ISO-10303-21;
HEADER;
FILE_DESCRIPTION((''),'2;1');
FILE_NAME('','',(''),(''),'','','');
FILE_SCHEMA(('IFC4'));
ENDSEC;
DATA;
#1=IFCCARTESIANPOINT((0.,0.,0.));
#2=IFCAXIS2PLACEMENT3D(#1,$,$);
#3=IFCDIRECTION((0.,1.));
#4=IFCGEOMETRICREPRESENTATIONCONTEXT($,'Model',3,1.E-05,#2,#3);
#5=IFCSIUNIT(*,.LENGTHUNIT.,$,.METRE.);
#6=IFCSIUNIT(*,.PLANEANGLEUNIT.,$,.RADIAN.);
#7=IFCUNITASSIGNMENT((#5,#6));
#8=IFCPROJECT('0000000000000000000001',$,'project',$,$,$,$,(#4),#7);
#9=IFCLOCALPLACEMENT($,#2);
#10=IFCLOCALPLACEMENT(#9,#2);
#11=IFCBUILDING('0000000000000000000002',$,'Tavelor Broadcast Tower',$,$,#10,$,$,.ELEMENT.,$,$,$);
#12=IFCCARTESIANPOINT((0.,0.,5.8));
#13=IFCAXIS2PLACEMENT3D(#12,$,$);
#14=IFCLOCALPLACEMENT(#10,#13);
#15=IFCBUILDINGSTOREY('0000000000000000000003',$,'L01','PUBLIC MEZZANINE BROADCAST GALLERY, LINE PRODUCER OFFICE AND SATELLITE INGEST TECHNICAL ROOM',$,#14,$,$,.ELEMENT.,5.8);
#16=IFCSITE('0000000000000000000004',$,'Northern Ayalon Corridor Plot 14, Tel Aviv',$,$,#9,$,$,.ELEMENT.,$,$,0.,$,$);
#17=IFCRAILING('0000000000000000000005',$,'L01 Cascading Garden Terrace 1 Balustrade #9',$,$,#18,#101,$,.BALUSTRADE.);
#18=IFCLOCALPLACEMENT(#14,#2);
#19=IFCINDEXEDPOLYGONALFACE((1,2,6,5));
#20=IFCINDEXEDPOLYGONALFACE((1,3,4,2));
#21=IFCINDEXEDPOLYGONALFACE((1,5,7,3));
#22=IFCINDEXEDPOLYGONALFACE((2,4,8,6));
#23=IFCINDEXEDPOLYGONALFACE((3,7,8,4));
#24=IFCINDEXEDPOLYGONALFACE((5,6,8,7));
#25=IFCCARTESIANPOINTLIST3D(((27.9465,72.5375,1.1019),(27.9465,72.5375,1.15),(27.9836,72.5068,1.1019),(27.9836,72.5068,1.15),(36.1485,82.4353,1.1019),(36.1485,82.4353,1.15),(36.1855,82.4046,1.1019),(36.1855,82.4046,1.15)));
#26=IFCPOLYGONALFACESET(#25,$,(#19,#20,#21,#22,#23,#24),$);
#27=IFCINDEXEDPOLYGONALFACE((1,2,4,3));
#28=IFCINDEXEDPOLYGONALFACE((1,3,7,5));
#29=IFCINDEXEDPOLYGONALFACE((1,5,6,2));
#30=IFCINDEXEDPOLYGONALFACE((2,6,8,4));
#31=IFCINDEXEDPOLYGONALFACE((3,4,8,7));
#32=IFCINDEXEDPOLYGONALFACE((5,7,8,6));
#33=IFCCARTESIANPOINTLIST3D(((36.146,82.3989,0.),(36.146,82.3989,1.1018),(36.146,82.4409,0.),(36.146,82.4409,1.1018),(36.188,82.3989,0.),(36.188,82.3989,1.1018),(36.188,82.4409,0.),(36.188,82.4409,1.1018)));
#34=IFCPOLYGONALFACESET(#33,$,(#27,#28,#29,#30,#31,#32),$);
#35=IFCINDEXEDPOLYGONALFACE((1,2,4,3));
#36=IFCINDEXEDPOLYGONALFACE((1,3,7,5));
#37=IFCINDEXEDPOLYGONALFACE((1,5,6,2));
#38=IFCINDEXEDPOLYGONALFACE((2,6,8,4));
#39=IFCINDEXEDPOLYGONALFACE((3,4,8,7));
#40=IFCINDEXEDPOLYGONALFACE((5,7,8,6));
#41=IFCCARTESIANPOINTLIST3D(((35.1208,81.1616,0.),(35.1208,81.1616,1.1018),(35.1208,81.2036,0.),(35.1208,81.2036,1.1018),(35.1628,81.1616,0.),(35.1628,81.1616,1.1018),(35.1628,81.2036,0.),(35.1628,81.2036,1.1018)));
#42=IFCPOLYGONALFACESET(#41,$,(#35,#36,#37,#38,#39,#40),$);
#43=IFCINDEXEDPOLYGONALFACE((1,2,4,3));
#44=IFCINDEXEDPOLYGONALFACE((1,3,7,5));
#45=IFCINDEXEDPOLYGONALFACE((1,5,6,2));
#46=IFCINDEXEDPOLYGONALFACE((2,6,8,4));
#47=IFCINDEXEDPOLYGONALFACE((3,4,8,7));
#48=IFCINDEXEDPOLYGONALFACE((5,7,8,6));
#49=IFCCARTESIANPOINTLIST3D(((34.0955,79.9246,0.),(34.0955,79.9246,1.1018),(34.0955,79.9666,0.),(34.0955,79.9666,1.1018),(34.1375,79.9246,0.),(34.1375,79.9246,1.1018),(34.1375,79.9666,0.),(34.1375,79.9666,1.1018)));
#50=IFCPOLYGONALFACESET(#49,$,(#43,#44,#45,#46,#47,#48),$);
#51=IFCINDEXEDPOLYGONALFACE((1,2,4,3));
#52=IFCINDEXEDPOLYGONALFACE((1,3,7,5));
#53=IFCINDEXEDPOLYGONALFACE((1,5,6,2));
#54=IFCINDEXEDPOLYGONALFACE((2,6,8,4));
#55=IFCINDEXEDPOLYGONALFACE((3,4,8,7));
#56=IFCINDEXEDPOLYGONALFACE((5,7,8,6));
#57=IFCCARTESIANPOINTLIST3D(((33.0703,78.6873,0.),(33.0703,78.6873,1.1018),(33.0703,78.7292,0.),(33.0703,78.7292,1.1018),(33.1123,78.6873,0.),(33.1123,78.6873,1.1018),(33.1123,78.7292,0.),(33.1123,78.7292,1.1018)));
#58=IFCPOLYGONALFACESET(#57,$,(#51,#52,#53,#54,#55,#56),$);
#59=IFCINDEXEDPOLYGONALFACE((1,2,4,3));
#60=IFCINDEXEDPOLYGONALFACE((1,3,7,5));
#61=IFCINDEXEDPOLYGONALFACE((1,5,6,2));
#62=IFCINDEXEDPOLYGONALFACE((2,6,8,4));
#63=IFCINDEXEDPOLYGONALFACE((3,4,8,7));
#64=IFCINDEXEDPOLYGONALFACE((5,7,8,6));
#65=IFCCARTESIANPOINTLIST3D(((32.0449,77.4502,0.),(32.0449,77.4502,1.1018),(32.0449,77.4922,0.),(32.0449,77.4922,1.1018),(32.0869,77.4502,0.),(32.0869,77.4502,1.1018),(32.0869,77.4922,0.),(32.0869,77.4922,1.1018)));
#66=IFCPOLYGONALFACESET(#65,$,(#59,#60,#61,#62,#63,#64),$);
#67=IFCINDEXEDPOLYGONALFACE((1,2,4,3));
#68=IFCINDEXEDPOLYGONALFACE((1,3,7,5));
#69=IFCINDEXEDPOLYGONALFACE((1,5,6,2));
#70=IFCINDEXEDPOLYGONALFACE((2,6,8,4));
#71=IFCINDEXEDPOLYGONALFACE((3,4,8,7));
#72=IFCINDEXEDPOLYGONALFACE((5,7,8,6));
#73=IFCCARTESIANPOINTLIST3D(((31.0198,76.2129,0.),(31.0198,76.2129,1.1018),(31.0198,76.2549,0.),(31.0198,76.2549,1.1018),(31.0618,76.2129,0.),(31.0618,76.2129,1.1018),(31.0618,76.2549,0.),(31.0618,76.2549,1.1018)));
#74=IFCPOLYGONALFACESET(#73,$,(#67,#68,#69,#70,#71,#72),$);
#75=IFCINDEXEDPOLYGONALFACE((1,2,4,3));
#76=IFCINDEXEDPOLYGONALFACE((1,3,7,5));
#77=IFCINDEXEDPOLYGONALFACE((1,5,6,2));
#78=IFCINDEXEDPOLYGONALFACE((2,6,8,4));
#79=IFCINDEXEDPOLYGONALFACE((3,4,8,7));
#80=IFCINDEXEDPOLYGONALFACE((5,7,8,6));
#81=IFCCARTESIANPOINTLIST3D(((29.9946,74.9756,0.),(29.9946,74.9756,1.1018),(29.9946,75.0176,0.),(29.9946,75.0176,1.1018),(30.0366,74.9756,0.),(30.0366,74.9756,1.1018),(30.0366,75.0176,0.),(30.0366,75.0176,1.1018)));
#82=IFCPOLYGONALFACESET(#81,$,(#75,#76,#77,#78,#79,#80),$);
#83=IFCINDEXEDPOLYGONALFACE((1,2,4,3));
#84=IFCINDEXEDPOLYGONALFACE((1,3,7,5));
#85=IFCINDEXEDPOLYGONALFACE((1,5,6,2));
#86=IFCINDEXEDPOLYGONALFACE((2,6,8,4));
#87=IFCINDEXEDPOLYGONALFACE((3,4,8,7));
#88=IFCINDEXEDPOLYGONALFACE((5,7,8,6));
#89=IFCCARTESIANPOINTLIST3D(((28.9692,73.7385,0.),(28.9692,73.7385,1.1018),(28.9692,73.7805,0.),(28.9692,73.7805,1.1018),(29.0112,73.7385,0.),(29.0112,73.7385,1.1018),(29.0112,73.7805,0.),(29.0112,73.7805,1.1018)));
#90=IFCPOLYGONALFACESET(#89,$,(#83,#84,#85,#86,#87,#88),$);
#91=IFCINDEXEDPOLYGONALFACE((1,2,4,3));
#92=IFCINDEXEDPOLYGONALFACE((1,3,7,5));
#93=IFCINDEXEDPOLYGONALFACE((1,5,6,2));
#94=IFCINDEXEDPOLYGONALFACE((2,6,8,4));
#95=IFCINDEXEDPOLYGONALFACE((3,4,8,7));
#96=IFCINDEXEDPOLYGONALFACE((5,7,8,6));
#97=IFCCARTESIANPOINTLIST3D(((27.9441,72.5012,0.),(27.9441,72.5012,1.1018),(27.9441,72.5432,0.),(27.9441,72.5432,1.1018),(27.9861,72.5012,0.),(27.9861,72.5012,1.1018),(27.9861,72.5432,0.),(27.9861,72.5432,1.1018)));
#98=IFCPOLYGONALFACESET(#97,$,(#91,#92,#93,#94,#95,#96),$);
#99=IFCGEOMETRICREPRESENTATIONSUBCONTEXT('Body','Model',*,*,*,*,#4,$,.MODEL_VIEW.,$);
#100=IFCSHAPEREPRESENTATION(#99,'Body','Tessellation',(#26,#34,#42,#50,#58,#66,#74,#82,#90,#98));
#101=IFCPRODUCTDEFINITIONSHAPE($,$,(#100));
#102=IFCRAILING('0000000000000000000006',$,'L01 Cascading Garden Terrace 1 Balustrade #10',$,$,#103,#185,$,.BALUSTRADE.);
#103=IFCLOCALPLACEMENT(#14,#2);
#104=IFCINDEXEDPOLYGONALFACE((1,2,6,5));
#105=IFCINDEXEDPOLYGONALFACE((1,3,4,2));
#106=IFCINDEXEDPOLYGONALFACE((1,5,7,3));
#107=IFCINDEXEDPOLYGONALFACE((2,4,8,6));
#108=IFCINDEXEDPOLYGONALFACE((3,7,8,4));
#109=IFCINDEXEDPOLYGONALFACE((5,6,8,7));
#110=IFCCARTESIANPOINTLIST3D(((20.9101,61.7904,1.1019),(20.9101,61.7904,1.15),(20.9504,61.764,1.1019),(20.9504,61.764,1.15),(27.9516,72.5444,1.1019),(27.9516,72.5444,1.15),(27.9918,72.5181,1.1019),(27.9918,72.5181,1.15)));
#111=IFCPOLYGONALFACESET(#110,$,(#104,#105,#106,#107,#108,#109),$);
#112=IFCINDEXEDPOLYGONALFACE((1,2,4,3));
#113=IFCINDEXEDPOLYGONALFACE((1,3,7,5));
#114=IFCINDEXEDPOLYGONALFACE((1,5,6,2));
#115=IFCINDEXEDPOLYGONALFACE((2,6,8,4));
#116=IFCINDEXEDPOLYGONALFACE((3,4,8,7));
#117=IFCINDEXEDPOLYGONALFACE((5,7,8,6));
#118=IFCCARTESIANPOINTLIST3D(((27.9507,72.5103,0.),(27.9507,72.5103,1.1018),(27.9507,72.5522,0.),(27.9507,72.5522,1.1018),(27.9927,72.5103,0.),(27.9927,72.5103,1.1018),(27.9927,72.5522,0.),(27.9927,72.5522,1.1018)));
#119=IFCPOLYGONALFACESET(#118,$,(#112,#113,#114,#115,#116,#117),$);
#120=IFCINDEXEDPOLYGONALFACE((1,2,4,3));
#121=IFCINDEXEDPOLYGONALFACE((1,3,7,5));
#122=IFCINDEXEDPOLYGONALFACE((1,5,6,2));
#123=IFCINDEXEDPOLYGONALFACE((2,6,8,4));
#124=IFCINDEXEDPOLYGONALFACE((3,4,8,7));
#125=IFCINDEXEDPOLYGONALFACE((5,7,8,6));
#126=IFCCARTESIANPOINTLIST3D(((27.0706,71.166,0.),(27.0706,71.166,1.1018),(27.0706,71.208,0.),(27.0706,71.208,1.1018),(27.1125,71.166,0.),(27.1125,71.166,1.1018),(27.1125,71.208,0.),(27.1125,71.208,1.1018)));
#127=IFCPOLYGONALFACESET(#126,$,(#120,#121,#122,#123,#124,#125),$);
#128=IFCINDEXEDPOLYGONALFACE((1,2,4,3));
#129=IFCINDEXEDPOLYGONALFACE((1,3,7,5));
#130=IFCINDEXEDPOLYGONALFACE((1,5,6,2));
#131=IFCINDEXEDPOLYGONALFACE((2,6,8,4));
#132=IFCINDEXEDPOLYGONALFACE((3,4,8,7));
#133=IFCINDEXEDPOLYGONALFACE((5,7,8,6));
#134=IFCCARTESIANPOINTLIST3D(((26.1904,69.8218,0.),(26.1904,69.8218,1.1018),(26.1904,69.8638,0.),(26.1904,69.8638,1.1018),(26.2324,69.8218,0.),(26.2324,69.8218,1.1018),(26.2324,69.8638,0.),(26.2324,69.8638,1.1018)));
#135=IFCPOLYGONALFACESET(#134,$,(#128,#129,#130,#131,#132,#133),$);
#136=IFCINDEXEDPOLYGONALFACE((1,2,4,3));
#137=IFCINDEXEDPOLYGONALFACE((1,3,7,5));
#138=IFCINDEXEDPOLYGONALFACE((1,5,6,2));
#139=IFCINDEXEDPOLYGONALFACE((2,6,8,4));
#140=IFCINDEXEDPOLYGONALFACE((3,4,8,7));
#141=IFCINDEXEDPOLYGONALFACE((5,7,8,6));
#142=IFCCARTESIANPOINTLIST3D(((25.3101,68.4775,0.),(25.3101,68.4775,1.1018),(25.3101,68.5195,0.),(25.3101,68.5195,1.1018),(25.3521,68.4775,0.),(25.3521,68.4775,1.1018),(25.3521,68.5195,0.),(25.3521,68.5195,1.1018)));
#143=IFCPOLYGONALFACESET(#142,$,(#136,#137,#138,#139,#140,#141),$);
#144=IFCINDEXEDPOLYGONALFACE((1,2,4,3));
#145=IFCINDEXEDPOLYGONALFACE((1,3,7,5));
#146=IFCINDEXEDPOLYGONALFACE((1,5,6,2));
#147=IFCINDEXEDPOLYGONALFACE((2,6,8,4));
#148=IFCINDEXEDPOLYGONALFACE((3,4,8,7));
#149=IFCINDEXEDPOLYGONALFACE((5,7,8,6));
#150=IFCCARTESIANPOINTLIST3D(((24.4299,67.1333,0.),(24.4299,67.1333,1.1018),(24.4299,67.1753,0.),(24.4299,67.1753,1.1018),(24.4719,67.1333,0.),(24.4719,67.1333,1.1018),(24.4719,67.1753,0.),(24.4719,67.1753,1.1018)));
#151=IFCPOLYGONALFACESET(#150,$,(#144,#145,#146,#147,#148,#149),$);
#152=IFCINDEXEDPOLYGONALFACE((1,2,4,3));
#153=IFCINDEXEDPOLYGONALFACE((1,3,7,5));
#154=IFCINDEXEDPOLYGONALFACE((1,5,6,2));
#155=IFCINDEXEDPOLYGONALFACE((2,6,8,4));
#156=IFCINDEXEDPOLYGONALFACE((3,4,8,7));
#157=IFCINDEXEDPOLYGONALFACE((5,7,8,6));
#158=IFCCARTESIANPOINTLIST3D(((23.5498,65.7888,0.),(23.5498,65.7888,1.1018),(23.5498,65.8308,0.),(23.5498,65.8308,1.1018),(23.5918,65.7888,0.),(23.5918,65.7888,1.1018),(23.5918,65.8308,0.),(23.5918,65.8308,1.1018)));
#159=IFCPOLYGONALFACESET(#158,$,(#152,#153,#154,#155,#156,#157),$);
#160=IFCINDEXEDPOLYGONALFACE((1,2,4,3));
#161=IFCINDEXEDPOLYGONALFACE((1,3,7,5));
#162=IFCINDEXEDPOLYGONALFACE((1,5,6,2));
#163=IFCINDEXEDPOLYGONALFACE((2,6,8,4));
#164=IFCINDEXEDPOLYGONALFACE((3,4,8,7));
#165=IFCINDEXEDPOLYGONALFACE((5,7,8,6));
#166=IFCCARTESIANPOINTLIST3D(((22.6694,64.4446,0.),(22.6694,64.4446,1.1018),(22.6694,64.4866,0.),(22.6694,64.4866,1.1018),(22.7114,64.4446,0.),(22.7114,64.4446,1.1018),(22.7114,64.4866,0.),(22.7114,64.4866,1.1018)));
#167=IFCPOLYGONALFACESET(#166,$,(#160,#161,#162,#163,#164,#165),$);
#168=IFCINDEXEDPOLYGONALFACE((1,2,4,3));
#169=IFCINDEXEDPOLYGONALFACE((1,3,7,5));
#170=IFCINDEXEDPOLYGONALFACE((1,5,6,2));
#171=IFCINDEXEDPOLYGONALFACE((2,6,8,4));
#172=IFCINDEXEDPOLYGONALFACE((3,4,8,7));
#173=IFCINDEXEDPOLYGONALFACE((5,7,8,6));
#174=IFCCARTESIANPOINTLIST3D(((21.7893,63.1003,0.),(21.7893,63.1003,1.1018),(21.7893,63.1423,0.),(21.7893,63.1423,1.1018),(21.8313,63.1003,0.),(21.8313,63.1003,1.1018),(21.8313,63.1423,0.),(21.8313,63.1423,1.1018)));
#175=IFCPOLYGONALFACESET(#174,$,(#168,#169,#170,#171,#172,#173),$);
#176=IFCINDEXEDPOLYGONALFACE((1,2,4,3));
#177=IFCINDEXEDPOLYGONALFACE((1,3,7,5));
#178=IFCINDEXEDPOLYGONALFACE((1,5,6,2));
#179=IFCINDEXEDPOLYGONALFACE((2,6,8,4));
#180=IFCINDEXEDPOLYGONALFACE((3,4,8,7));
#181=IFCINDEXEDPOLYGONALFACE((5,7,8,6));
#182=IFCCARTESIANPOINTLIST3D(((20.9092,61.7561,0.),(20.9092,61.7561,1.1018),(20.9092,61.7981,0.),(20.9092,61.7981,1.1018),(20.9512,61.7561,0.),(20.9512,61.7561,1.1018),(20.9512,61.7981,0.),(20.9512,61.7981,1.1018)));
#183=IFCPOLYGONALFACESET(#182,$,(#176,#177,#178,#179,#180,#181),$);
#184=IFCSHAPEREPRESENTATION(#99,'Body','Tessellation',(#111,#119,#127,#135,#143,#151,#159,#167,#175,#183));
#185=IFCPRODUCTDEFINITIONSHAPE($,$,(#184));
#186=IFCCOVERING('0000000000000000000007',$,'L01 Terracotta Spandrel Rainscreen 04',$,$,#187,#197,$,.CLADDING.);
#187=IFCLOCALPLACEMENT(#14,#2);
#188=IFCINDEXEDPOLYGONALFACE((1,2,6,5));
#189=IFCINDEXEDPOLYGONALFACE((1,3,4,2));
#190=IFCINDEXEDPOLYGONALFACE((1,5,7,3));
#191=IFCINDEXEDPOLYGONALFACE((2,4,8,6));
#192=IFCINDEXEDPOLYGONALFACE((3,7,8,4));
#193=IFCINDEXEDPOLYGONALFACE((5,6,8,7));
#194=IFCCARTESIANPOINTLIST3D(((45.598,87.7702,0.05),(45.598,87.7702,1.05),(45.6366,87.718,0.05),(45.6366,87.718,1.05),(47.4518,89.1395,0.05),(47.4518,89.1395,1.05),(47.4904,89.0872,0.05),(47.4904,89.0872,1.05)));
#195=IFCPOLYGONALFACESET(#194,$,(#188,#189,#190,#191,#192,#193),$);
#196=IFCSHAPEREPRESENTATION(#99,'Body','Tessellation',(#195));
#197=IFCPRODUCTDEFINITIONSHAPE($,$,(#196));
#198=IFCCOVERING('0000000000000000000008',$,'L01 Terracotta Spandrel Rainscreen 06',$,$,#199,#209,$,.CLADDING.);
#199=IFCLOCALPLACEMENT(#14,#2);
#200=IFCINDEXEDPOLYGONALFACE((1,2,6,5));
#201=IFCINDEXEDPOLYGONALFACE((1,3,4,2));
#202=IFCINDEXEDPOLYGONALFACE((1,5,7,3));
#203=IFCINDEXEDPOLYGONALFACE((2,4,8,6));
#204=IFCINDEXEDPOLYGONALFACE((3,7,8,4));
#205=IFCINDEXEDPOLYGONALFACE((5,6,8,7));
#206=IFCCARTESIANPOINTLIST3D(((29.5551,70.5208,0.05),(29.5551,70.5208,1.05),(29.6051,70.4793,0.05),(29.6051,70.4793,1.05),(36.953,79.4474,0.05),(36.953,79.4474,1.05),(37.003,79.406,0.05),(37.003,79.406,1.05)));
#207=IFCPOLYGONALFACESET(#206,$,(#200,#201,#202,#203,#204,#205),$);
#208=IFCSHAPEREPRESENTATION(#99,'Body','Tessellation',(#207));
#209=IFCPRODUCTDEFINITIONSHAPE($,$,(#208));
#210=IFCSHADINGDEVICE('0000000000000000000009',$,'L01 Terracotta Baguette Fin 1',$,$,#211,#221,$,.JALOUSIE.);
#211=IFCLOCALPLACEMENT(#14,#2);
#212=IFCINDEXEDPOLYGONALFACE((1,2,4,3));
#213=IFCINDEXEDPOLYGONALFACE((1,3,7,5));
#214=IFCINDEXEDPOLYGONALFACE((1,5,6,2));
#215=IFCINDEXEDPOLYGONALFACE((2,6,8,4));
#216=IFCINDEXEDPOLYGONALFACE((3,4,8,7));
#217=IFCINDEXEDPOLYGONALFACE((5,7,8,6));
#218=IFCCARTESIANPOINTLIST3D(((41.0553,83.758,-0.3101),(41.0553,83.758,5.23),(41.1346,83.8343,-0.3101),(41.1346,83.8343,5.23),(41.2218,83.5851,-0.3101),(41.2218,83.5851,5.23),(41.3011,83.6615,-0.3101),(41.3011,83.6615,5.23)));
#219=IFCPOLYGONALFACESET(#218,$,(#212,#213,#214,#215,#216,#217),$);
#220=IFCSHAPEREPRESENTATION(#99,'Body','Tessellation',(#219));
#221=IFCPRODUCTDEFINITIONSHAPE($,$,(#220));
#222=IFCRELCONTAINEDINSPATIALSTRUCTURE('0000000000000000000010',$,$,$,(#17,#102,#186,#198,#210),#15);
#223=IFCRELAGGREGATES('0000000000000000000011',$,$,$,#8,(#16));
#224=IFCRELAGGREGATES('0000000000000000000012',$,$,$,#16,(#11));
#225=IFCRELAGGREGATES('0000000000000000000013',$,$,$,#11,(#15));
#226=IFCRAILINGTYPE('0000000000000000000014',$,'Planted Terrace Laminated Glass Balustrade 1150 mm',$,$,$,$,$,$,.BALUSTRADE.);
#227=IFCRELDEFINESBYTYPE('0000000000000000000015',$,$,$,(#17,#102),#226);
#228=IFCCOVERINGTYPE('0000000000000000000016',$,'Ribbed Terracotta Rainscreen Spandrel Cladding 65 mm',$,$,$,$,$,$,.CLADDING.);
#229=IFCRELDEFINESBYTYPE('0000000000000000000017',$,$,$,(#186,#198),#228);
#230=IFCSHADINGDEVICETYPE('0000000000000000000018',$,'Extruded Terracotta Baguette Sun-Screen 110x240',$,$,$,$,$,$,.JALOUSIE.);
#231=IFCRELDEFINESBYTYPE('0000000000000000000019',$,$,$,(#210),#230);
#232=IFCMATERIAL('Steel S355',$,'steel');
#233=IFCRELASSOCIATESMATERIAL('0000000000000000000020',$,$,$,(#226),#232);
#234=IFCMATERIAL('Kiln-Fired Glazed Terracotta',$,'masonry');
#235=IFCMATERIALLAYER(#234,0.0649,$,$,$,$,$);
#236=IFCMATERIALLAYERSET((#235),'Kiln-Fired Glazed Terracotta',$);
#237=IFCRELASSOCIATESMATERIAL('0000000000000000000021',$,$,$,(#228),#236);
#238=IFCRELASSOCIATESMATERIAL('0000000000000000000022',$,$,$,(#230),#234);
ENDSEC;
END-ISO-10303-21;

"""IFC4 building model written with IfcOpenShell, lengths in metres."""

from ifc_helpers import new_model, si_unit, direction, frame, origin, origin_2d, place, context, subcontext, project, spatial, rectangle, extrude, source, transform, mapped, material, layer, layer_set, type_object, type_shapes, element, save


model = new_model("IFC4")

# Units and contexts
model_context = context("Model", 3, precision=1e-05, world=origin(), true_north=direction((0.0, 1.0)))
body_context = subcontext(model_context, "Body", "Model", "MODEL_VIEW")
ifc_project = project(units=[si_unit("LENGTHUNIT", "METRE"), si_unit("PLANEANGLEUNIT", "RADIAN")], contexts=[model_context])

# Site, building, storey
site_placement = place(None, origin())
site = spatial("IfcSite", under=ifc_project, at=site_placement, Name="Northern Ayalon Corridor Plot 14, Tel Aviv", CompositionType="ELEMENT", RefElevation=0.0)
building_placement = place(site_placement, origin())
building = spatial("IfcBuilding", under=site, at=building_placement, Name="Tavelor Broadcast Tower", CompositionType="ELEMENT")
storey_placement = place(building_placement, frame((0.0, 0.0, 5.8)))
storey = spatial("IfcBuildingStorey", under=building, at=storey_placement, Name="L01", Description="PUBLIC MEZZANINE BROADCAST GALLERY, LINE PRODUCER OFFICE AND SATELLITE INGEST TECHNICAL ROOM", CompositionType="ELEMENT", Elevation=5.8)

# Railings
ifc_material_1 = material(Name="Steel S355", Category="steel")
railing_type = type_object("IfcRailingType", Name="Planted Terrace Laminated Glass Balustrade 1150 mm", PredefinedType="BALUSTRADE", material=ifc_material_1)
railing_1_placement = place(storey_placement, frame((36.167, 82.4199, 0.0)))
element("IfcRailing", 1, at=railing_1_placement, inside=storey, type_object=railing_type, Name="L01 Cascading Garden Terrace 1 Balustrade #9", PredefinedType="BALUSTRADE", context=body_context, shape_type="SweptSolid", body=[
    extrude(rectangle(XDim=0.0481, YDim=0.0481, at=origin_2d()), frame((0.0, 0.0, 1.126), z_axis=(-0.638062, -0.769985, 0.0), x_axis=(0.769985, -0.638062, 0.0)), (0.0, 0.0, 1.0), 12.8545),
    extrude(rectangle(XDim=0.042, YDim=0.042, at=origin_2d()), origin(), (0.0, 0.0, 1.0), 1.1018),
    extrude(rectangle(XDim=0.042, YDim=0.042, at=origin_2d()), frame((-1.0251, -1.2373, 0.0)), (0.0, 0.0, 1.0), 1.1018),
    extrude(rectangle(XDim=0.042, YDim=0.042, at=origin_2d()), frame((-2.0505, -2.4744, 0.0)), (0.0, 0.0, 1.0), 1.1018),
    extrude(rectangle(XDim=0.042, YDim=0.042, at=origin_2d()), frame((-3.0757, -3.7117, 0.0)), (0.0, 0.0, 1.0), 1.1018),
    extrude(rectangle(XDim=0.042, YDim=0.042, at=origin_2d()), frame((-4.1011, -4.9487, 0.0)), (0.0, 0.0, 1.0), 1.1018),
    extrude(rectangle(XDim=0.042, YDim=0.042, at=origin_2d()), frame((-5.1262, -6.186, 0.0)), (0.0, 0.0, 1.0), 1.1018),
    extrude(rectangle(XDim=0.042, YDim=0.042, at=origin_2d()), frame((-6.1514, -7.4233, 0.0)), (0.0, 0.0, 1.0), 1.1018),
    extrude(rectangle(XDim=0.042, YDim=0.042, at=origin_2d()), frame((-7.1768, -8.6604, 0.0)), (0.0, 0.0, 1.0), 1.1018),
    extrude(rectangle(XDim=0.042, YDim=0.042, at=origin_2d()), frame((-8.2019, -9.8977, 0.0)), (0.0, 0.0, 1.0), 1.1018),
])
railing_2_placement = place(storey_placement, frame((27.9717, 72.5312, 0.0)))
element("IfcRailing", 2, at=railing_2_placement, inside=storey, type_object=railing_type, Name="L01 Cascading Garden Terrace 1 Balustrade #10", PredefinedType="BALUSTRADE", context=body_context, shape_type="SweptSolid", body=[
    extrude(rectangle(XDim=0.0481, YDim=0.0481, at=origin_2d()), frame((0.0, 0.0, 1.126), z_axis=(-0.547791, -0.836615, 0.0), x_axis=(0.836615, -0.547791, 0.0)), (0.0, 0.0, 1.0), 12.8542),
    extrude(rectangle(XDim=0.042, YDim=0.042, at=origin_2d()), origin(), (0.0, 0.0, 1.0), 1.1018),
    extrude(rectangle(XDim=0.042, YDim=0.042, at=origin_2d()), frame((-0.8801, -1.3442, 0.0)), (0.0, 0.0, 1.0), 1.1018),
    extrude(rectangle(XDim=0.042, YDim=0.042, at=origin_2d()), frame((-1.7603, -2.6885, 0.0)), (0.0, 0.0, 1.0), 1.1018),
    extrude(rectangle(XDim=0.042, YDim=0.042, at=origin_2d()), frame((-2.6406, -4.0327, 0.0)), (0.0, 0.0, 1.0), 1.1018),
    extrude(rectangle(XDim=0.042, YDim=0.042, at=origin_2d()), frame((-3.5208, -5.377, 0.0)), (0.0, 0.0, 1.0), 1.1018),
    extrude(rectangle(XDim=0.042, YDim=0.042, at=origin_2d()), frame((-4.4009, -6.7214, 0.0)), (0.0, 0.0, 1.0), 1.1018),
    extrude(rectangle(XDim=0.042, YDim=0.042, at=origin_2d()), frame((-5.2812, -8.0657, 0.0)), (0.0, 0.0, 1.0), 1.1018),
    extrude(rectangle(XDim=0.042, YDim=0.042, at=origin_2d()), frame((-6.1614, -9.4099, 0.0)), (0.0, 0.0, 1.0), 1.1018),
    extrude(rectangle(XDim=0.042, YDim=0.042, at=origin_2d()), frame((-7.0415, -10.7542, 0.0)), (0.0, 0.0, 1.0), 1.1018),
])

# Coverings
ifc_material_2 = material(Name="Kiln-Fired Glazed Terracotta", Category="masonry")
ifc_layer_1 = layer(ifc_material_2, 0.0649)
ifc_layer_set_1 = layer_set([ifc_layer_1], Name="Kiln-Fired Glazed Terracotta")
covering_type = type_object("IfcCoveringType", Name="Ribbed Terracotta Rainscreen Spandrel Cladding 65 mm", PredefinedType="CLADDING", material=ifc_layer_set_1)
covering_1_placement = place(storey_placement, frame((46.5442, 88.4287, 0.05), z_axis=(0.0, 0.0, 1.0), x_axis=(-0.804376, -0.594121, 0.0)))
element("IfcCovering", 3, at=covering_1_placement, inside=storey, type_object=covering_type, Name="L01 Terracotta Spandrel Rainscreen 04", PredefinedType="CLADDING", context=body_context, shape_type="SweptSolid", body=[
    extrude(rectangle(XDim=2.3047, YDim=0.0649, at=origin_2d()), origin(), (0.0, 0.0, 1.0), 1.0),
])
covering_2_placement = place(storey_placement, frame((33.2791, 74.9634, 0.05), z_axis=(0.0, 0.0, 1.0), x_axis=(-0.638096, -0.769957, 0.0)))
element("IfcCovering", 4, at=covering_2_placement, inside=storey, type_object=covering_type, Name="L01 Terracotta Spandrel Rainscreen 06", PredefinedType="CLADDING", context=body_context, shape_type="SweptSolid", body=[
    extrude(rectangle(XDim=11.5938, YDim=0.0649, at=origin_2d()), origin(), (0.0, 0.0, 1.0), 1.0),
])

# Shading device
shading_device_type = type_object("IfcShadingDeviceType", Name="Extruded Terracotta Baguette Sun-Screen 110x240", PredefinedType="JALOUSIE", material=ifc_material_2)
shared_shape_1 = source(origin(), body_context, "Body", "SweptSolid", [
    extrude(rectangle(XDim=0.1101, YDim=0.24, at=origin_2d()), origin(), (0.0, 0.0, 1.0), 5.54),
])
type_shapes(shading_device_type, [shared_shape_1])
shading_device_placement = place(storey_placement, frame((41.1782, 83.7097, -0.3101), z_axis=(0.0, 0.0, 1.0), x_axis=(-0.720309, -0.693653, 0.0)))
element("IfcShadingDevice", 5, at=shading_device_placement, inside=storey, type_object=shading_device_type, Name="L01 Terracotta Baguette Fin 1", PredefinedType="JALOUSIE", context=body_context, shape_type="MappedRepresentation", body=[
    mapped(shared_shape_1, transform((0.0, 0.0, 0.0), scale=1.0)),
])

save(model, "model.ifc")
